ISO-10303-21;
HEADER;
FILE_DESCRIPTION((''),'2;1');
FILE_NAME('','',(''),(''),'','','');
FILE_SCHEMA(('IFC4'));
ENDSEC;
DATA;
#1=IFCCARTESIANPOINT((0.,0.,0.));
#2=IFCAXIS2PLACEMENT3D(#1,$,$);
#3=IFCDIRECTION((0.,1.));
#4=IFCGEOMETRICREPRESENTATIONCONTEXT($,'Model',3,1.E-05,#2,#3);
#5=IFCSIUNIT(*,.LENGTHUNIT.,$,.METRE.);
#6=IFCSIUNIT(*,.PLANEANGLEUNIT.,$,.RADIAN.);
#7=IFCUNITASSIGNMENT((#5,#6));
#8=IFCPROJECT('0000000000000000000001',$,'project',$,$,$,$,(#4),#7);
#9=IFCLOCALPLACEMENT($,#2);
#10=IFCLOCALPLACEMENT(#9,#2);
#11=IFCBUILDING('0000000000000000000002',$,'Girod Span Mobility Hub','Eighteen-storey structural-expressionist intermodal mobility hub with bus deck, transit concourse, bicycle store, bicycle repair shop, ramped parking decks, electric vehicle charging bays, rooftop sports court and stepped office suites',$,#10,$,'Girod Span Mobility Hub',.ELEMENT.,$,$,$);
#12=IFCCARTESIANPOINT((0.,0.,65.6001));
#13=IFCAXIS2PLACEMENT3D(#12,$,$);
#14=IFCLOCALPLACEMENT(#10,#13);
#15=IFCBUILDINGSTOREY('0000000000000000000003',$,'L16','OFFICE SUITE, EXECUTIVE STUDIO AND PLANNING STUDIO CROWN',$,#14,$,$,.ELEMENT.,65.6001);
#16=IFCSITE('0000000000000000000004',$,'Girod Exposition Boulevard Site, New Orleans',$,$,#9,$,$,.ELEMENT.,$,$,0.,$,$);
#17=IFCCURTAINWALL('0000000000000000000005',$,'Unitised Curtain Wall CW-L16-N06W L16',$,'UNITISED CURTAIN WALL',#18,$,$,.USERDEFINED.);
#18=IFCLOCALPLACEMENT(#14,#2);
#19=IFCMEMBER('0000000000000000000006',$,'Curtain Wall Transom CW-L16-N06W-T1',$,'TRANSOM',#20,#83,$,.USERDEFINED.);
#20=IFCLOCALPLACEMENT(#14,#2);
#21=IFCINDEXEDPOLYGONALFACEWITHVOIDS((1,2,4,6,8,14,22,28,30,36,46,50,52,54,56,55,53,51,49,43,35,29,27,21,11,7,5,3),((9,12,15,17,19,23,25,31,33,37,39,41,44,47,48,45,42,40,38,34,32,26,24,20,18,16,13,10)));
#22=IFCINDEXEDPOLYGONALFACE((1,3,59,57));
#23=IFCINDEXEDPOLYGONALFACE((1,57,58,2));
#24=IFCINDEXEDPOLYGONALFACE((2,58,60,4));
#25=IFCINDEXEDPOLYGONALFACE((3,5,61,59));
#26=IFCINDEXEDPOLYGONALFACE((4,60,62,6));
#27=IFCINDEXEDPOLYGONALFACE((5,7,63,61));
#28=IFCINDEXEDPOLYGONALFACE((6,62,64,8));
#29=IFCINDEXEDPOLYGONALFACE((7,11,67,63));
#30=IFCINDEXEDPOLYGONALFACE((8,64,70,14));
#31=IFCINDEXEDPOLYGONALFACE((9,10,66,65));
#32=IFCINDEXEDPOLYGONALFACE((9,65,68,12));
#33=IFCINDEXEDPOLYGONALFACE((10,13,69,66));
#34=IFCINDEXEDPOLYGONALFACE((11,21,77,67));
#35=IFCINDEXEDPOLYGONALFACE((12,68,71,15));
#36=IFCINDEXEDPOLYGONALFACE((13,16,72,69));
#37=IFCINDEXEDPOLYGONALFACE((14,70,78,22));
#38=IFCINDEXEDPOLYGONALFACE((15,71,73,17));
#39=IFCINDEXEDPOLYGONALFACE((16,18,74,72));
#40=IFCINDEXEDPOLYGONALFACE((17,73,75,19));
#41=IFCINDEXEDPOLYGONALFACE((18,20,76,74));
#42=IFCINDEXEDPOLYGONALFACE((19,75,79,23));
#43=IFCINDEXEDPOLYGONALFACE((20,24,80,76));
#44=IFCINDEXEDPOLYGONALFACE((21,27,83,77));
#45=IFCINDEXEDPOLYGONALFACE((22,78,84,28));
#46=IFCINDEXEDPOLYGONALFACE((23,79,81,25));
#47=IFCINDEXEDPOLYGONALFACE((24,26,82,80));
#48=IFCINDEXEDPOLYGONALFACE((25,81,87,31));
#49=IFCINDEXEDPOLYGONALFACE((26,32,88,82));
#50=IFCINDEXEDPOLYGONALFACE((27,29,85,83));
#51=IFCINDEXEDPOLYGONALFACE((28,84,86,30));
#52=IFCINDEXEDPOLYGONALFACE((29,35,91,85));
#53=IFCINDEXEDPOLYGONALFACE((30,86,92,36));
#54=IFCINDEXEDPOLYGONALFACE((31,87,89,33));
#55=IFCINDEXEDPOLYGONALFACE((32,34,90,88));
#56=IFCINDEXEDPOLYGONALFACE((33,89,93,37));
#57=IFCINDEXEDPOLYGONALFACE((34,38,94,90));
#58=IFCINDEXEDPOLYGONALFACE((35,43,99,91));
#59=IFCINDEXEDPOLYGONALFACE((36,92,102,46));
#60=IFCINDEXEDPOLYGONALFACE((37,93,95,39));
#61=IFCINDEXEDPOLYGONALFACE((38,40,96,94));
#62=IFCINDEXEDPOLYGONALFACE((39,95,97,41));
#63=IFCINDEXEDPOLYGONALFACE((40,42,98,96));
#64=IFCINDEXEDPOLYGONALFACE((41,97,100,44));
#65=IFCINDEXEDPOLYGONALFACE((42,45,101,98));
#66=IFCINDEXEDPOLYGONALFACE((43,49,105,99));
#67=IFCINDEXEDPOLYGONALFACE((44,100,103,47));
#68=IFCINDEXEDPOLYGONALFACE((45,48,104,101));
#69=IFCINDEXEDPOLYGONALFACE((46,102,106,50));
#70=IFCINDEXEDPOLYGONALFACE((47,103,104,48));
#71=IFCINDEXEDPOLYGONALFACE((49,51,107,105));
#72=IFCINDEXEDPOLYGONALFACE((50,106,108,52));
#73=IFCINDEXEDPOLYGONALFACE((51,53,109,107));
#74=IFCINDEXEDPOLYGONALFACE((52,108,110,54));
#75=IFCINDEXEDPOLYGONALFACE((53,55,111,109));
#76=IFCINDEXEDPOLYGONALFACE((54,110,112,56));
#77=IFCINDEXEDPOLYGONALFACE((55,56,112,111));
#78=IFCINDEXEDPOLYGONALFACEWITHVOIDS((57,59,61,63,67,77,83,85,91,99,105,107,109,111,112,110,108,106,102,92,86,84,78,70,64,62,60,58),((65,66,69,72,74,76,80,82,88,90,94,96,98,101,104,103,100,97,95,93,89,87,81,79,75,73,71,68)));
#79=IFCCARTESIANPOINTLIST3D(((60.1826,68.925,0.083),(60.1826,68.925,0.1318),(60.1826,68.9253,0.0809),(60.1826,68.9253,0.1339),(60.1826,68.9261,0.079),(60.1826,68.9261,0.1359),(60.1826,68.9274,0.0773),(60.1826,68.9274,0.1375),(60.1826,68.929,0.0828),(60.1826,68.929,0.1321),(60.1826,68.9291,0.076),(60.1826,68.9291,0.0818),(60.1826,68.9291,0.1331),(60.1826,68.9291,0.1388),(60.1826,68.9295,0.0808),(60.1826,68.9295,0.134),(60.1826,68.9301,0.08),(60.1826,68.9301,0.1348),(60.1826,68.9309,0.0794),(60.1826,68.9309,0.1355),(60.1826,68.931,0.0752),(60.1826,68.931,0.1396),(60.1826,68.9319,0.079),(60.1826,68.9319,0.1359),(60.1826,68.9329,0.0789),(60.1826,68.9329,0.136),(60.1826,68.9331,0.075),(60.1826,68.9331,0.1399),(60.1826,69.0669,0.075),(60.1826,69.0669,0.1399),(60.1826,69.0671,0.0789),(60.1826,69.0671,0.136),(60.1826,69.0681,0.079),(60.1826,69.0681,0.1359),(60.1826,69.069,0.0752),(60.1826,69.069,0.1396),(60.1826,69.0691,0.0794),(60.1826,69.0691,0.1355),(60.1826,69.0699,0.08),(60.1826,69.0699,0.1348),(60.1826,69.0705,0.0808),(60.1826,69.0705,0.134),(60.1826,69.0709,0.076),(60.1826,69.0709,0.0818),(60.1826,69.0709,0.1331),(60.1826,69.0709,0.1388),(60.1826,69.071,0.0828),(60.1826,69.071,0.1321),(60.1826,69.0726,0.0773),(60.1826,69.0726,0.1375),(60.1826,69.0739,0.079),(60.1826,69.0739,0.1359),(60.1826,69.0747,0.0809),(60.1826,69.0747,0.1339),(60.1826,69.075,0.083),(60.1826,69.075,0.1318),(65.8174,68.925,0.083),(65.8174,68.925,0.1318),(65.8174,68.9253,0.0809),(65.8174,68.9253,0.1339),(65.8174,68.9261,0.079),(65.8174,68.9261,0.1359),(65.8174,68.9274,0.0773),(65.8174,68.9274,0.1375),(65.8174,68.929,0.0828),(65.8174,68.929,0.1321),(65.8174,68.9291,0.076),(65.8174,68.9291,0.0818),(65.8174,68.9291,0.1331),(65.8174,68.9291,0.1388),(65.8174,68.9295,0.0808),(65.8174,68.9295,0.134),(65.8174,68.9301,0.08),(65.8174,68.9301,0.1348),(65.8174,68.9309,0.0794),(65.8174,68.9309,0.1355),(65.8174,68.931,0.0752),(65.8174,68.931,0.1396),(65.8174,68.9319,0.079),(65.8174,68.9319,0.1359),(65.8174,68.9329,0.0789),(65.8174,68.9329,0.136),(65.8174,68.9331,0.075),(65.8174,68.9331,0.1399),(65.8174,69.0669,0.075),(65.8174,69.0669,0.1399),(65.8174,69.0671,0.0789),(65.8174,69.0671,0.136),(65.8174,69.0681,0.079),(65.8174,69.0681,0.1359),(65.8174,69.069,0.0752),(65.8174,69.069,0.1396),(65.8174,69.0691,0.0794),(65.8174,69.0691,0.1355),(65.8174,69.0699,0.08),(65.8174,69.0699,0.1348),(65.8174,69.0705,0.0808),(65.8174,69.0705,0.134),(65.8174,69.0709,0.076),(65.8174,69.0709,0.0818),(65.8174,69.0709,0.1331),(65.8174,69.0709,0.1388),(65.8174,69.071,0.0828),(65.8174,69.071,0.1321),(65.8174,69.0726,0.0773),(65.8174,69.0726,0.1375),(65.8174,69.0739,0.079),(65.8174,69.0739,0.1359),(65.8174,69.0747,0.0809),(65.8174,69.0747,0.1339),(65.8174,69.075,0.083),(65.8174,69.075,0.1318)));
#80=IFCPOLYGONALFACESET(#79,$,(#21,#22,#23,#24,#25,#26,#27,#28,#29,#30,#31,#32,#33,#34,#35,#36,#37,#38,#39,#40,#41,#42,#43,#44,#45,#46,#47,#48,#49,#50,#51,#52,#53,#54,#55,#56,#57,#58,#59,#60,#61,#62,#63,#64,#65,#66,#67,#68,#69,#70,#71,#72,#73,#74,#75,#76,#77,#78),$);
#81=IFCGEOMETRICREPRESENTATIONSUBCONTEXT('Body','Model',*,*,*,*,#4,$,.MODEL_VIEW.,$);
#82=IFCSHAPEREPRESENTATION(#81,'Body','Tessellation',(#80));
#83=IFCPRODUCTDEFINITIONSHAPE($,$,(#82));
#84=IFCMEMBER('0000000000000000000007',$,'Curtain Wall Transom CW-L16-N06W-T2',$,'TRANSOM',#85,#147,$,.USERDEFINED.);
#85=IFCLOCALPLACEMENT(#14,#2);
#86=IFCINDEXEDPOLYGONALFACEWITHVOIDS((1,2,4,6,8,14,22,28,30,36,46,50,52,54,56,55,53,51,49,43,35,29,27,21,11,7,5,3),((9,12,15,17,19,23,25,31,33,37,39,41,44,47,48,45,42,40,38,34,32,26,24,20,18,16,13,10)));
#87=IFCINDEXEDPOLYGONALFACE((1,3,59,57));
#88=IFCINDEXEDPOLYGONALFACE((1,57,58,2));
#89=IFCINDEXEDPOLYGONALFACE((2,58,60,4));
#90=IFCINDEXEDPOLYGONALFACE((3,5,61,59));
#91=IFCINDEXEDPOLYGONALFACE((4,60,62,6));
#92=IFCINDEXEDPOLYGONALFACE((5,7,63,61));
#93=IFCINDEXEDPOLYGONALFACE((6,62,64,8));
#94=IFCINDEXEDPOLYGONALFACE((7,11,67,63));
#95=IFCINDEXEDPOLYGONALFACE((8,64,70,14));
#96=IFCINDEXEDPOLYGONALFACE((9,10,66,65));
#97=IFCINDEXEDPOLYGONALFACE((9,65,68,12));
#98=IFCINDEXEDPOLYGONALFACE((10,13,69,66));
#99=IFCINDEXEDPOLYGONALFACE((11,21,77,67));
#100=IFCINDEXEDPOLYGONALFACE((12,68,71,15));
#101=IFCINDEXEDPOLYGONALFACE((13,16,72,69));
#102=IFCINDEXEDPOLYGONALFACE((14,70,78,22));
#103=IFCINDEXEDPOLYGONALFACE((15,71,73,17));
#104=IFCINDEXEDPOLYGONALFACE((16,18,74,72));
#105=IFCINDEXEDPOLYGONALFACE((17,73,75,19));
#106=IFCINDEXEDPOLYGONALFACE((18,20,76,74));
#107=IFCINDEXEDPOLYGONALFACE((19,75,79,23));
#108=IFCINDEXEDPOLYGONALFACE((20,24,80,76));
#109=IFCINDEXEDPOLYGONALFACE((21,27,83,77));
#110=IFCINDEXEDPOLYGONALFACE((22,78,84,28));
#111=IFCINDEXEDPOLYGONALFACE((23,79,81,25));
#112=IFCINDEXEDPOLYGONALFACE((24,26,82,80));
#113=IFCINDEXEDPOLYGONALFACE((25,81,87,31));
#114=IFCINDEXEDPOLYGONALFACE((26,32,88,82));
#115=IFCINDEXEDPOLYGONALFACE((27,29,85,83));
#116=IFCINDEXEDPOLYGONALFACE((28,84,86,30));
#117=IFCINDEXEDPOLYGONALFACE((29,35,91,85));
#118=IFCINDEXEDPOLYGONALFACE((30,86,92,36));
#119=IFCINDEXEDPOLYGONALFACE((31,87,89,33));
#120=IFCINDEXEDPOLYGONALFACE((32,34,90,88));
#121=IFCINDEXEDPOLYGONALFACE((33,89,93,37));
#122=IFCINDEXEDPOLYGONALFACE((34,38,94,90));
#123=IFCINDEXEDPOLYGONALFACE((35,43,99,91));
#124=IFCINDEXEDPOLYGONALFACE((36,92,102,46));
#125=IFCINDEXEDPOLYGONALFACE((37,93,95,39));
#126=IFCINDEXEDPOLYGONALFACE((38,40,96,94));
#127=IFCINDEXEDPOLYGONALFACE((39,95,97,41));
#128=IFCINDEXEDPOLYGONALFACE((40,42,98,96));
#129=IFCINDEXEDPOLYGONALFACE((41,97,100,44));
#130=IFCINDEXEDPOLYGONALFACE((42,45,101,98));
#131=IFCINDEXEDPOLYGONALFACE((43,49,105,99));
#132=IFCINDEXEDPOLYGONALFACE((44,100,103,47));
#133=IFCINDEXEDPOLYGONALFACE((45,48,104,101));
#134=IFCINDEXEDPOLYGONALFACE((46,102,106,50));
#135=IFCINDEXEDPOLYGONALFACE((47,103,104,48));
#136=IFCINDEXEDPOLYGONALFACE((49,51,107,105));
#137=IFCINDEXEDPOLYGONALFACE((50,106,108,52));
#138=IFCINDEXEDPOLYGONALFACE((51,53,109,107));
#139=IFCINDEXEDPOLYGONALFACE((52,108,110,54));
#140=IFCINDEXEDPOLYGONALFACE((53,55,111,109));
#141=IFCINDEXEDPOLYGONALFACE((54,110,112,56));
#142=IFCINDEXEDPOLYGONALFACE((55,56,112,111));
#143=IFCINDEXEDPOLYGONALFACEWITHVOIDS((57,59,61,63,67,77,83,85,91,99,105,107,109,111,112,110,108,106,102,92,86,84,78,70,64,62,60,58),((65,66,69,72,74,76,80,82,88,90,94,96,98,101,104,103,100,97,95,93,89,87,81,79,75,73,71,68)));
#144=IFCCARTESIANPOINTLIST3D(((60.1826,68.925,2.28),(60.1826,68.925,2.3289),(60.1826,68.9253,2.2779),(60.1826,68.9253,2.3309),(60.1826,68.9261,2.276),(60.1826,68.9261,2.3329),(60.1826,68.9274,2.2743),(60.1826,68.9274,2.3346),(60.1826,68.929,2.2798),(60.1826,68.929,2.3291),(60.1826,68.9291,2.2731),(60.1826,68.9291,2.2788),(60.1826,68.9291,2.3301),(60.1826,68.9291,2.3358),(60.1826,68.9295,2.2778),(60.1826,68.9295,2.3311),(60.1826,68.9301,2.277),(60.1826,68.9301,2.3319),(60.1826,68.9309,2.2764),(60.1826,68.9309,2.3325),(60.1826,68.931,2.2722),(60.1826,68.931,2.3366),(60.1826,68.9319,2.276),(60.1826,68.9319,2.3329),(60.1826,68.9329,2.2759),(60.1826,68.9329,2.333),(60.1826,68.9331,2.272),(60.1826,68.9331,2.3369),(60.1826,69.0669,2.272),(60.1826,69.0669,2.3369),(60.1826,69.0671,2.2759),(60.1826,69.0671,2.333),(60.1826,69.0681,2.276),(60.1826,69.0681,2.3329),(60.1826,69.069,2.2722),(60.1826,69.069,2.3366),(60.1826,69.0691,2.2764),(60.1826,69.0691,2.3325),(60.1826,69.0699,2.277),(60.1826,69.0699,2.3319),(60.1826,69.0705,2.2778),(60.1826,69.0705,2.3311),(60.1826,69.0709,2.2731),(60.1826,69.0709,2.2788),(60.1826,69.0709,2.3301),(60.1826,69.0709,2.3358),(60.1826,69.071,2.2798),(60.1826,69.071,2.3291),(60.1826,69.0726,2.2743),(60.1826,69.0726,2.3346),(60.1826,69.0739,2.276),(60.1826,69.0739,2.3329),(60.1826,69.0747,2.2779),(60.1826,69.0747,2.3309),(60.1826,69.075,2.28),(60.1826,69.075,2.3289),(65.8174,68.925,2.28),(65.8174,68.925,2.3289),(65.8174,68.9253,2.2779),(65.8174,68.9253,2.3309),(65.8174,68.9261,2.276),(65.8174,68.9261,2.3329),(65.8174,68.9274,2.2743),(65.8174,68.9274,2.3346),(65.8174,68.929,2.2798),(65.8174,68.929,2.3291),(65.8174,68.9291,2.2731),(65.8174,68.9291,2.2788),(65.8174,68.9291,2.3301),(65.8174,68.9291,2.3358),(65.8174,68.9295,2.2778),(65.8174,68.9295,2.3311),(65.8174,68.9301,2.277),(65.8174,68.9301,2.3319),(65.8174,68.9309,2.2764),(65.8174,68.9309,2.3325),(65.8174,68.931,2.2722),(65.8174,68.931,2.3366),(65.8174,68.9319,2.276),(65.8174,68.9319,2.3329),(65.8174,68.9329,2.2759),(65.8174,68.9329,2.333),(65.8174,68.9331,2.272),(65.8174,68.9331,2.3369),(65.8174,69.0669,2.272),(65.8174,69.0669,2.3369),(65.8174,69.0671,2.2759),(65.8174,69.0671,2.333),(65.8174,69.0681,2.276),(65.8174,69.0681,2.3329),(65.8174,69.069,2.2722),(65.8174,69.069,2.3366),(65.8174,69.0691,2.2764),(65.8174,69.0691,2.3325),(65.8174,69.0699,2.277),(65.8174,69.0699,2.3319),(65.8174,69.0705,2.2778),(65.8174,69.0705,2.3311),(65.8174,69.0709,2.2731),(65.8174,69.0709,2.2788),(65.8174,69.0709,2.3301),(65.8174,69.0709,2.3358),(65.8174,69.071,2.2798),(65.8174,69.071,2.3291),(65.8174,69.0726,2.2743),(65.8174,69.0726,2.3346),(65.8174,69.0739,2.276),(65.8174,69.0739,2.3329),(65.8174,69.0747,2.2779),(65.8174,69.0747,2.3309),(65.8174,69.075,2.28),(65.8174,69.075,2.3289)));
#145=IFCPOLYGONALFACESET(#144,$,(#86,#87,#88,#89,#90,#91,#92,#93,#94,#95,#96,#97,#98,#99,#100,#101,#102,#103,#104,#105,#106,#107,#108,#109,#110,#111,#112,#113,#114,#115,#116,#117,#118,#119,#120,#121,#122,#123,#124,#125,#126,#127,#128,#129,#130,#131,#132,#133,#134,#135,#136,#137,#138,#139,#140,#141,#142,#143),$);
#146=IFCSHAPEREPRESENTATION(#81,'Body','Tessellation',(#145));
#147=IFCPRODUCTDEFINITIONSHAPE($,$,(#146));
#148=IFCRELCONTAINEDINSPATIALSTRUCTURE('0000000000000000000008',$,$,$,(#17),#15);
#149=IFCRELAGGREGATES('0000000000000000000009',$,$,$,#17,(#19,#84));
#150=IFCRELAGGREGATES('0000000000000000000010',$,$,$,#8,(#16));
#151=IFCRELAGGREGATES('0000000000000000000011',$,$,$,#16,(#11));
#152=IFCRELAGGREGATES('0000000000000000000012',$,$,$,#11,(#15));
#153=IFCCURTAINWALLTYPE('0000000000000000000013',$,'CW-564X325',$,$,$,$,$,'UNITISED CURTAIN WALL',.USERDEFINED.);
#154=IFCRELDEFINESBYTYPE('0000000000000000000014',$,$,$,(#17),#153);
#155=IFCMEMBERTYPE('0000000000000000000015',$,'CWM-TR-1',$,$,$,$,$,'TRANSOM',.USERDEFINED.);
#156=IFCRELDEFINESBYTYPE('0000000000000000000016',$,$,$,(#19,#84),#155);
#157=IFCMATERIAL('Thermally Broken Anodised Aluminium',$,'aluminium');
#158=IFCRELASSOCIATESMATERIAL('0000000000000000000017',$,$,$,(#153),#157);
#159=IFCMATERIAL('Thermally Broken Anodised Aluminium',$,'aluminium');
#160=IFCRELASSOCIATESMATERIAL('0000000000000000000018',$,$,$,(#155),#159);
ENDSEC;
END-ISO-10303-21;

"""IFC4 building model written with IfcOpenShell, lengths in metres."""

from ifc_helpers import new_model, si_unit, direction, frame, origin, origin_2d, place, context, subcontext, project, spatial, hollow_rectangle, extrude, material, material_profile, profile_set, type_object, element, aggregate, save


model = new_model("IFC4")

# Units and contexts
model_context = context("Model", 3, precision=1e-05, world=origin(), true_north=direction((0.0, 1.0)))
body_context = subcontext(model_context, "Body", "Model", "MODEL_VIEW")
ifc_project = project(units=[si_unit("LENGTHUNIT", "METRE"), si_unit("PLANEANGLEUNIT", "RADIAN")], contexts=[model_context])

# Site, building, storey
site_placement = place(None, origin())
site = spatial("IfcSite", under=ifc_project, at=site_placement, Name="Girod Exposition Boulevard Site, New Orleans", CompositionType="ELEMENT", RefElevation=0.0)
building_placement = place(site_placement, origin())
building = spatial("IfcBuilding", under=site, at=building_placement, Name="Girod Span Mobility Hub", Description="Eighteen-storey structural-expressionist intermodal mobility hub with bus deck, transit concourse, bicycle store, bicycle repair shop, ramped parking decks, electric vehicle charging bays, rooftop sports court and stepped office suites", LongName="Girod Span Mobility Hub", CompositionType="ELEMENT")
storey_placement = place(building_placement, frame((0.0, 0.0, 65.6001)))
storey = spatial("IfcBuildingStorey", under=building, at=storey_placement, Name="L16", Description="OFFICE SUITE, EXECUTIVE STUDIO AND PLANNING STUDIO CROWN", CompositionType="ELEMENT", Elevation=65.6001)

# Curtain wall, members
ifc_material_1 = material(Name="Thermally Broken Anodised Aluminium", Category="aluminium")
curtain_wall_type = type_object("IfcCurtainWallType", Name="CW-564X325", ElementType="UNITISED CURTAIN WALL", PredefinedType="USERDEFINED", material=ifc_material_1)
curtain_wall_placement = place(storey_placement, origin())
curtain_wall = element("IfcCurtainWall", 1, at=curtain_wall_placement, inside=storey, type_object=curtain_wall_type, Name="Unitised Curtain Wall CW-L16-N06W L16", ObjectType="UNITISED CURTAIN WALL", PredefinedType="USERDEFINED")
ifc_material_2 = material(Name="Thermally Broken Anodised Aluminium", Category="aluminium")
ifc_material_profile_1 = material_profile(ifc_material_2, hollow_rectangle(XDim=0.1499, YDim=0.0649, WallThickness=0.0039, InnerFilletRadius=0.0039, OuterFilletRadius=0.0081, at=origin_2d()), Name="CW-TR-65X150")
ifc_profile_set_1 = profile_set([ifc_material_profile_1], Name="Thermally Broken Anodised Aluminium")
member_type_1 = type_object("IfcMemberType", Name="CWM-TR-1", ElementType="TRANSOM", PredefinedType="USERDEFINED", material=ifc_profile_set_1)
member_1_placement = place(storey_placement, frame((60.1826, 69.0, 0.1074), z_axis=(1.0, 0.0, 0.0), x_axis=(0.0, 1.0, 0.0)))
member_1 = element("IfcMember", 2, at=member_1_placement, type_object=member_type_1, Name="Curtain Wall Transom CW-L16-N06W-T1", ObjectType="TRANSOM", PredefinedType="USERDEFINED", context=body_context, shape_type="SweptSolid", body=[
    extrude(hollow_rectangle(XDim=0.1499, YDim=0.0649, WallThickness=0.0039, InnerFilletRadius=0.0039, OuterFilletRadius=0.0081, at=origin_2d()), origin(), (0.0, 0.0, 1.0), 5.6348),
])
member_2_placement = place(storey_placement, frame((60.1826, 69.0, 2.3044), z_axis=(1.0, 0.0, 0.0), x_axis=(0.0, 1.0, 0.0)))
member_2 = element("IfcMember", 3, at=member_2_placement, type_object=member_type_1, Name="Curtain Wall Transom CW-L16-N06W-T2", ObjectType="TRANSOM", PredefinedType="USERDEFINED", context=body_context, shape_type="SweptSolid", body=[
    extrude(hollow_rectangle(XDim=0.1499, YDim=0.0649, WallThickness=0.0039, InnerFilletRadius=0.0039, OuterFilletRadius=0.0081, at=origin_2d()), origin(), (0.0, 0.0, 1.0), 5.6348),
])
aggregate(curtain_wall, [member_1, member_2])

save(model, "model.ifc")
